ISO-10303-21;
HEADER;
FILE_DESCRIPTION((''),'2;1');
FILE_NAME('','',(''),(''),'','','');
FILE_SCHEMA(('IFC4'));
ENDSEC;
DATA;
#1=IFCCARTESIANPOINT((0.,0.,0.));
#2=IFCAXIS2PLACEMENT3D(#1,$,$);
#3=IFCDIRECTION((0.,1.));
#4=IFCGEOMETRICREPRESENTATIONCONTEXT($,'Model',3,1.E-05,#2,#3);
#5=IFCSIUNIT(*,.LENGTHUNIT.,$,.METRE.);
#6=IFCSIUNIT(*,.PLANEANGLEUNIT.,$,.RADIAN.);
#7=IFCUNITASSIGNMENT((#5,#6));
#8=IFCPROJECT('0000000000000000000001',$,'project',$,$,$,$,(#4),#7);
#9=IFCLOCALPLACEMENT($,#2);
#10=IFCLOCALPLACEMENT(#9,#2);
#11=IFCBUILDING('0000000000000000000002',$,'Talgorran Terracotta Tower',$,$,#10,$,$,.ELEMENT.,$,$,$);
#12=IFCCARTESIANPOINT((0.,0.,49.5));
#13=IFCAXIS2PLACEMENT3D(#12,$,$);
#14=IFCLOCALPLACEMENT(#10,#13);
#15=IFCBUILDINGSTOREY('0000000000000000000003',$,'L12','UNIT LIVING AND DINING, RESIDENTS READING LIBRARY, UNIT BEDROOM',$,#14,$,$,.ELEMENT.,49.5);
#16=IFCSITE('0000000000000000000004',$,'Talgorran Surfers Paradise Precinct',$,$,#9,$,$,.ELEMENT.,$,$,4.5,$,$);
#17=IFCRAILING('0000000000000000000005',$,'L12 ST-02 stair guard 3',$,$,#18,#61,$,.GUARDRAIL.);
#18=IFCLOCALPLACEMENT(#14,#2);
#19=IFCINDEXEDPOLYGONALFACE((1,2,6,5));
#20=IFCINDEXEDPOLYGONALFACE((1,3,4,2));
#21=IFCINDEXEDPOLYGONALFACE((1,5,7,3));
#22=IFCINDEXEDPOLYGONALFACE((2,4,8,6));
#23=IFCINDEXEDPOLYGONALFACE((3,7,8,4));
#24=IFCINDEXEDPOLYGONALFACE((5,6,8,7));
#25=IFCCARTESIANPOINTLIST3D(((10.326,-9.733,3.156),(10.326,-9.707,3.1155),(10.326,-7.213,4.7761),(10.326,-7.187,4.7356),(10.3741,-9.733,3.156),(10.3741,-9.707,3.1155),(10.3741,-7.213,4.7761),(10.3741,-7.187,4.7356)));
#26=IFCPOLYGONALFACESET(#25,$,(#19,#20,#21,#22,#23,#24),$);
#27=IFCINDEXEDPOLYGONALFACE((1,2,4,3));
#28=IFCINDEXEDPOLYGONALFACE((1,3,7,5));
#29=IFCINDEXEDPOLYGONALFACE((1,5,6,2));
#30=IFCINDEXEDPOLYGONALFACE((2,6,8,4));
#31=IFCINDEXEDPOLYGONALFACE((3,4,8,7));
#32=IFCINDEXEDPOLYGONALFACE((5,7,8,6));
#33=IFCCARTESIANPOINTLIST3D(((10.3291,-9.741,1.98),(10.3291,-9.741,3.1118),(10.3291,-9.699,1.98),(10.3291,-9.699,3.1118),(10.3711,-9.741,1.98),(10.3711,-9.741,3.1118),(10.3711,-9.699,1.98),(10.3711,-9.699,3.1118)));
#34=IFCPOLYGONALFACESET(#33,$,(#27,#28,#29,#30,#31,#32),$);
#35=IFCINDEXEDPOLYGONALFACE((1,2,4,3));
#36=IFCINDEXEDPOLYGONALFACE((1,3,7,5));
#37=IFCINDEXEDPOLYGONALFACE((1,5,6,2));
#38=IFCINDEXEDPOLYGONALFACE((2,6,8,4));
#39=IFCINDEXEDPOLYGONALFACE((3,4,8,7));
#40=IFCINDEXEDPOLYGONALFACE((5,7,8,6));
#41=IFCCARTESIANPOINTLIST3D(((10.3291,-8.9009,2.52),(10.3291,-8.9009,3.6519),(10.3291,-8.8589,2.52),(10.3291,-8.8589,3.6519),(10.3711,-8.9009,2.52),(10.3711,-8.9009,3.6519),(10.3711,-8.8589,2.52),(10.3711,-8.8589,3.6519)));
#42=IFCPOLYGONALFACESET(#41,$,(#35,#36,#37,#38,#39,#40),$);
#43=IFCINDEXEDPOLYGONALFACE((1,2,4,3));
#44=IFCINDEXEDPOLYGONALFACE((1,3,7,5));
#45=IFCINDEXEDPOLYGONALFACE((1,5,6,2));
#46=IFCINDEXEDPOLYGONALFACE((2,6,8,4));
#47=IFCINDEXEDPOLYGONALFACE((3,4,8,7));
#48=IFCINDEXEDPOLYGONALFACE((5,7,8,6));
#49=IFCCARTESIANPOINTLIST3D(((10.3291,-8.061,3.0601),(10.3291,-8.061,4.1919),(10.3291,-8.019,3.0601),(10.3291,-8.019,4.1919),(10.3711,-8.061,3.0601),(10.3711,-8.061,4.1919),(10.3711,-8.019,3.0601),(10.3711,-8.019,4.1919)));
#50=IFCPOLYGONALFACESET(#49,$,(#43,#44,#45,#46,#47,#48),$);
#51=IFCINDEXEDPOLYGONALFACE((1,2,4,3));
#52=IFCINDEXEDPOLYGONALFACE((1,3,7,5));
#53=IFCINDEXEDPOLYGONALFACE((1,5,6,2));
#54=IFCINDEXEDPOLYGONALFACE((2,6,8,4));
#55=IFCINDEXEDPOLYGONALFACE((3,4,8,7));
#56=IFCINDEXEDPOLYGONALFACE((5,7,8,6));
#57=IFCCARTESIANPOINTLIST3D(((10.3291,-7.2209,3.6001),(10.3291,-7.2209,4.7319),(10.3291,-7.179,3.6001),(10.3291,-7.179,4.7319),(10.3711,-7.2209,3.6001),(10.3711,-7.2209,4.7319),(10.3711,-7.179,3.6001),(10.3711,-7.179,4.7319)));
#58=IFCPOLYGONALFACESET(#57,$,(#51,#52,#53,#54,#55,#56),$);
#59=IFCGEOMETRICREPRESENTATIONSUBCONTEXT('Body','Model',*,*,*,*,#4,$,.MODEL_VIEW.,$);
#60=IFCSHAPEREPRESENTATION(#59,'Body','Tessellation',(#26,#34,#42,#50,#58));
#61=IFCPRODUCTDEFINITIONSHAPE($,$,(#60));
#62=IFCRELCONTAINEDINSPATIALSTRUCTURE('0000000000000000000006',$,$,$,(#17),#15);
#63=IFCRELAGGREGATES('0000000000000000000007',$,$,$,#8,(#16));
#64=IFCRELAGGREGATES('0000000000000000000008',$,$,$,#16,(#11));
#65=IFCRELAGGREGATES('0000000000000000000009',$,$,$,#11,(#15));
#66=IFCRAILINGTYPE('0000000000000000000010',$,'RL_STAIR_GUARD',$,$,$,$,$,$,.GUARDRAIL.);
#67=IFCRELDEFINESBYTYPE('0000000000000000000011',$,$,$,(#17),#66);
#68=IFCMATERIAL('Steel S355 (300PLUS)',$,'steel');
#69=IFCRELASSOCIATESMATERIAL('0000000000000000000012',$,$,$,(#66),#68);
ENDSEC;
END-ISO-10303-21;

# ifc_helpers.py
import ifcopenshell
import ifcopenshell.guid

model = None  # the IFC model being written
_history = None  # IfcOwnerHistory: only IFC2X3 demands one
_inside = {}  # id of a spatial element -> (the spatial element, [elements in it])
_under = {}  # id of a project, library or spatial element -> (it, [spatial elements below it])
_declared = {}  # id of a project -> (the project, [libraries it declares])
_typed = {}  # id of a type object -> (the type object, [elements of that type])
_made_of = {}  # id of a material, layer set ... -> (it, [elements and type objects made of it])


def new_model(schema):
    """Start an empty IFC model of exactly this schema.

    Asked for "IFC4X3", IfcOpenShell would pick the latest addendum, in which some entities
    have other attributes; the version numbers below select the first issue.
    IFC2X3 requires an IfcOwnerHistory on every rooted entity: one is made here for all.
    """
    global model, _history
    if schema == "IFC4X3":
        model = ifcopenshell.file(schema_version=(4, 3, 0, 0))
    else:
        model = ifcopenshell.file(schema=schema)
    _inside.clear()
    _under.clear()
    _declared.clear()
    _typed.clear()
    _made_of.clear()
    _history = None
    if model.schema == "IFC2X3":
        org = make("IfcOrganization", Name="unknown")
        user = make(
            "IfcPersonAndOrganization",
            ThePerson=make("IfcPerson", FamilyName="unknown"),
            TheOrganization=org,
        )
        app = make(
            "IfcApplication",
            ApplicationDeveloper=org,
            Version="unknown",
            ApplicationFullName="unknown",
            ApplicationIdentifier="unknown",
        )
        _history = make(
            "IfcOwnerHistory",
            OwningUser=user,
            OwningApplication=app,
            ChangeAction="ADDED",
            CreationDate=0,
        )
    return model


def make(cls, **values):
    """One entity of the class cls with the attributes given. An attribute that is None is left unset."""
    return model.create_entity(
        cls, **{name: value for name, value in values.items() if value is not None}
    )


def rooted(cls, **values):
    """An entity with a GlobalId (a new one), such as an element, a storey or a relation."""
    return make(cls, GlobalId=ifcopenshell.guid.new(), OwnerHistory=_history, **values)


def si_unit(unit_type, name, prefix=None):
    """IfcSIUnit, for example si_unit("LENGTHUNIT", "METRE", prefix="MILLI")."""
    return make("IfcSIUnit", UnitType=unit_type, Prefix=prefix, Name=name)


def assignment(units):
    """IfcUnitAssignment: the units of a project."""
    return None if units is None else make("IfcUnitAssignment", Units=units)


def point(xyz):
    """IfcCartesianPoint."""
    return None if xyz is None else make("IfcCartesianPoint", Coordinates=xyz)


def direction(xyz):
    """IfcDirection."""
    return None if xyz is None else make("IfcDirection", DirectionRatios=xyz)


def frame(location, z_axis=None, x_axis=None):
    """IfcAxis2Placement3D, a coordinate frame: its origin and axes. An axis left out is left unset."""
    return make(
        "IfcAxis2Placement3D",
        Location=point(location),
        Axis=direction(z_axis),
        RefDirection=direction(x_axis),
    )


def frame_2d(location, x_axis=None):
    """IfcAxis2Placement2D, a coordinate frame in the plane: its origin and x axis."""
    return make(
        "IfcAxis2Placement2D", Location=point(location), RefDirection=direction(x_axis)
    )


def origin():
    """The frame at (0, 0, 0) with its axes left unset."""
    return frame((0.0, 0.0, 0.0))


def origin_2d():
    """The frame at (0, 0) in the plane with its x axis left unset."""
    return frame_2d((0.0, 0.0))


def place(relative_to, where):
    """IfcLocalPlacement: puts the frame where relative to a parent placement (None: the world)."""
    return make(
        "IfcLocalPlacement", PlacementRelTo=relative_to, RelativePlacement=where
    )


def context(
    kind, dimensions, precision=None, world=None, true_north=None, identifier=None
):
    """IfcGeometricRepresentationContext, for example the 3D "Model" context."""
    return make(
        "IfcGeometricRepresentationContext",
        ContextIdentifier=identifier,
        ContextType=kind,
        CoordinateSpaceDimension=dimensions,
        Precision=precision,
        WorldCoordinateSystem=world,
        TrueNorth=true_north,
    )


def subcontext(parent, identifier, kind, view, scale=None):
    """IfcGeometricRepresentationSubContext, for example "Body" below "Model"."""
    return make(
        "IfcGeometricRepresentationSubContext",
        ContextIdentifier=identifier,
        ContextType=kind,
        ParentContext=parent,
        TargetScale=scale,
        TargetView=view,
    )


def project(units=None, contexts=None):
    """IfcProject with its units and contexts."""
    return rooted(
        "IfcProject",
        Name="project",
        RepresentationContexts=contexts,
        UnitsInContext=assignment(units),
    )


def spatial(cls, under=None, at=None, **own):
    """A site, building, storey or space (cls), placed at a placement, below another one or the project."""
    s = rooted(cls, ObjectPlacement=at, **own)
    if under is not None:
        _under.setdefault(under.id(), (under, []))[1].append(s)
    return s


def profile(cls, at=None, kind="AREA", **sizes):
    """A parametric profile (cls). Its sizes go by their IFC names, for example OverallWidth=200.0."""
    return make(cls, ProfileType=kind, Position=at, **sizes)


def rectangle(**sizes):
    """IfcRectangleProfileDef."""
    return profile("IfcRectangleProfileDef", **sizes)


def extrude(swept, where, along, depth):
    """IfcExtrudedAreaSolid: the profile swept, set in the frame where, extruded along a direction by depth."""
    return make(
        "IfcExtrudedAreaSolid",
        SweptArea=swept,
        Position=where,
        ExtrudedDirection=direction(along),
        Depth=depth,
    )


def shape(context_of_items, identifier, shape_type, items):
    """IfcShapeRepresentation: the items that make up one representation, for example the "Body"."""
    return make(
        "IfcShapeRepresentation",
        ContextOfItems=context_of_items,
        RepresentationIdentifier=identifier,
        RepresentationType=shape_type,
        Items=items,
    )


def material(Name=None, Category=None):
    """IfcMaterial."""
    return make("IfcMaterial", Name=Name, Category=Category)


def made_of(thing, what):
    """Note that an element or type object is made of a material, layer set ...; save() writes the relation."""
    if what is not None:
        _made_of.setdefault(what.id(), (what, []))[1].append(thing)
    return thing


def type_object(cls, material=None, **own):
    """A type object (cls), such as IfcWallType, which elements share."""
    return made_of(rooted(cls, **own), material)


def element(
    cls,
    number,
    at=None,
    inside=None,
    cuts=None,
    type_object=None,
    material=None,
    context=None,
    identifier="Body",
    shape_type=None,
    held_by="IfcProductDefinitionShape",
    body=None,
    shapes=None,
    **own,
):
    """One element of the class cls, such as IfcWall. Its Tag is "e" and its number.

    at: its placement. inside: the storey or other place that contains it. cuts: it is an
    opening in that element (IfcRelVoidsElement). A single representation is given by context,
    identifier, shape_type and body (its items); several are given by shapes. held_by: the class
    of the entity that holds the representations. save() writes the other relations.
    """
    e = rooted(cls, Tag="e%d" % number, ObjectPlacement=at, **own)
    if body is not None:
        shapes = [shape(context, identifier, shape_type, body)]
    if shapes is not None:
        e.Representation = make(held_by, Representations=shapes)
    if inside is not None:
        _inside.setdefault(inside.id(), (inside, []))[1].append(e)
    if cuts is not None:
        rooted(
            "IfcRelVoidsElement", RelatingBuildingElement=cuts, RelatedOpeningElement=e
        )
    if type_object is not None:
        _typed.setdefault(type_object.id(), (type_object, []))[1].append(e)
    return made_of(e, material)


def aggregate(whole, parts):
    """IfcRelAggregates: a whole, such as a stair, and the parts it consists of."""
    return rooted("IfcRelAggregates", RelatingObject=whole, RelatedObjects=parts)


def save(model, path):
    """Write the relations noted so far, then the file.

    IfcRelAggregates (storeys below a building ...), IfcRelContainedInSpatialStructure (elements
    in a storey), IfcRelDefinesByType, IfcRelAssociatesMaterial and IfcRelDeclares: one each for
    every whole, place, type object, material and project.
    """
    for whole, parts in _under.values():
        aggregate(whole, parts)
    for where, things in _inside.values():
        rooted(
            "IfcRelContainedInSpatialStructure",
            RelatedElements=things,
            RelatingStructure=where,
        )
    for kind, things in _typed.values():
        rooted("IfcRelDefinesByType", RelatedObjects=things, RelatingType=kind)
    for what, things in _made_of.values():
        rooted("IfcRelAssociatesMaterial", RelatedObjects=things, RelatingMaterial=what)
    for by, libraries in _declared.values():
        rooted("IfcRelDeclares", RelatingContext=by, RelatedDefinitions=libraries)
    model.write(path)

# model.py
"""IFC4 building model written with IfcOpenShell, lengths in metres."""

from ifc_helpers import new_model, si_unit, direction, frame, origin, origin_2d, place, context, subcontext, project, spatial, rectangle, extrude, material, type_object, element, save


model = new_model("IFC4")

# Units and contexts
model_context = context("Model", 3, precision=1e-05, world=origin(), true_north=direction((0.0, 1.0)))
body_context = subcontext(model_context, "Body", "Model", "MODEL_VIEW")
ifc_project = project(units=[si_unit("LENGTHUNIT", "METRE"), si_unit("PLANEANGLEUNIT", "RADIAN")], contexts=[model_context])

# Site, building, storey
site_placement = place(None, origin())
site = spatial("IfcSite", under=ifc_project, at=site_placement, Name="Talgorran Surfers Paradise Precinct", CompositionType="ELEMENT", RefElevation=4.5)
building_placement = place(site_placement, origin())
building = spatial("IfcBuilding", under=site, at=building_placement, Name="Talgorran Terracotta Tower", CompositionType="ELEMENT")
storey_placement = place(building_placement, frame((0.0, 0.0, 49.5)))
storey = spatial("IfcBuildingStorey", under=building, at=storey_placement, Name="L12", Description="UNIT LIVING AND DINING, RESIDENTS READING LIBRARY, UNIT BEDROOM", CompositionType="ELEMENT", Elevation=49.5)

# Shared definitions
ifc_material_1 = material(Name="Steel S355 (300PLUS)", Category="steel")

# Railing
railing_type_1 = type_object("IfcRailingType", Name="RL_STAIR_GUARD", PredefinedType="GUARDRAIL", material=ifc_material_1)
railing_1_placement = place(storey_placement, frame((10.3501, -9.72, 1.98)))
element("IfcRailing", 1, at=railing_1_placement, inside=storey, type_object=railing_type_1, Name="L12 ST-02 stair guard 3", PredefinedType="GUARDRAIL", context=body_context, shape_type="SweptSolid", body=[
    extrude(rectangle(XDim=0.0481, YDim=0.0481, at=origin_2d()), frame((0.0, 0.0, 1.1558), z_axis=(0.0, 0.841163, 0.540782), x_axis=(-1.0, 0.0, 0.0)), (0.0, 0.0, 1.0), 2.9958),
    extrude(rectangle(XDim=0.042, YDim=0.042, at=origin_2d()), origin(), (0.0, 0.0, 1.0), 1.1318),
    extrude(rectangle(XDim=0.042, YDim=0.042, at=origin_2d()), frame((0.0, 0.8401, 0.54)), (0.0, 0.0, 1.0), 1.1318),
    extrude(rectangle(XDim=0.042, YDim=0.042, at=origin_2d()), frame((0.0, 1.6799, 1.0801)), (0.0, 0.0, 1.0), 1.1318),
    extrude(rectangle(XDim=0.042, YDim=0.042, at=origin_2d()), frame((0.0, 2.52, 1.6201)), (0.0, 0.0, 1.0), 1.1318),
])

save(model, "model.ifc")
